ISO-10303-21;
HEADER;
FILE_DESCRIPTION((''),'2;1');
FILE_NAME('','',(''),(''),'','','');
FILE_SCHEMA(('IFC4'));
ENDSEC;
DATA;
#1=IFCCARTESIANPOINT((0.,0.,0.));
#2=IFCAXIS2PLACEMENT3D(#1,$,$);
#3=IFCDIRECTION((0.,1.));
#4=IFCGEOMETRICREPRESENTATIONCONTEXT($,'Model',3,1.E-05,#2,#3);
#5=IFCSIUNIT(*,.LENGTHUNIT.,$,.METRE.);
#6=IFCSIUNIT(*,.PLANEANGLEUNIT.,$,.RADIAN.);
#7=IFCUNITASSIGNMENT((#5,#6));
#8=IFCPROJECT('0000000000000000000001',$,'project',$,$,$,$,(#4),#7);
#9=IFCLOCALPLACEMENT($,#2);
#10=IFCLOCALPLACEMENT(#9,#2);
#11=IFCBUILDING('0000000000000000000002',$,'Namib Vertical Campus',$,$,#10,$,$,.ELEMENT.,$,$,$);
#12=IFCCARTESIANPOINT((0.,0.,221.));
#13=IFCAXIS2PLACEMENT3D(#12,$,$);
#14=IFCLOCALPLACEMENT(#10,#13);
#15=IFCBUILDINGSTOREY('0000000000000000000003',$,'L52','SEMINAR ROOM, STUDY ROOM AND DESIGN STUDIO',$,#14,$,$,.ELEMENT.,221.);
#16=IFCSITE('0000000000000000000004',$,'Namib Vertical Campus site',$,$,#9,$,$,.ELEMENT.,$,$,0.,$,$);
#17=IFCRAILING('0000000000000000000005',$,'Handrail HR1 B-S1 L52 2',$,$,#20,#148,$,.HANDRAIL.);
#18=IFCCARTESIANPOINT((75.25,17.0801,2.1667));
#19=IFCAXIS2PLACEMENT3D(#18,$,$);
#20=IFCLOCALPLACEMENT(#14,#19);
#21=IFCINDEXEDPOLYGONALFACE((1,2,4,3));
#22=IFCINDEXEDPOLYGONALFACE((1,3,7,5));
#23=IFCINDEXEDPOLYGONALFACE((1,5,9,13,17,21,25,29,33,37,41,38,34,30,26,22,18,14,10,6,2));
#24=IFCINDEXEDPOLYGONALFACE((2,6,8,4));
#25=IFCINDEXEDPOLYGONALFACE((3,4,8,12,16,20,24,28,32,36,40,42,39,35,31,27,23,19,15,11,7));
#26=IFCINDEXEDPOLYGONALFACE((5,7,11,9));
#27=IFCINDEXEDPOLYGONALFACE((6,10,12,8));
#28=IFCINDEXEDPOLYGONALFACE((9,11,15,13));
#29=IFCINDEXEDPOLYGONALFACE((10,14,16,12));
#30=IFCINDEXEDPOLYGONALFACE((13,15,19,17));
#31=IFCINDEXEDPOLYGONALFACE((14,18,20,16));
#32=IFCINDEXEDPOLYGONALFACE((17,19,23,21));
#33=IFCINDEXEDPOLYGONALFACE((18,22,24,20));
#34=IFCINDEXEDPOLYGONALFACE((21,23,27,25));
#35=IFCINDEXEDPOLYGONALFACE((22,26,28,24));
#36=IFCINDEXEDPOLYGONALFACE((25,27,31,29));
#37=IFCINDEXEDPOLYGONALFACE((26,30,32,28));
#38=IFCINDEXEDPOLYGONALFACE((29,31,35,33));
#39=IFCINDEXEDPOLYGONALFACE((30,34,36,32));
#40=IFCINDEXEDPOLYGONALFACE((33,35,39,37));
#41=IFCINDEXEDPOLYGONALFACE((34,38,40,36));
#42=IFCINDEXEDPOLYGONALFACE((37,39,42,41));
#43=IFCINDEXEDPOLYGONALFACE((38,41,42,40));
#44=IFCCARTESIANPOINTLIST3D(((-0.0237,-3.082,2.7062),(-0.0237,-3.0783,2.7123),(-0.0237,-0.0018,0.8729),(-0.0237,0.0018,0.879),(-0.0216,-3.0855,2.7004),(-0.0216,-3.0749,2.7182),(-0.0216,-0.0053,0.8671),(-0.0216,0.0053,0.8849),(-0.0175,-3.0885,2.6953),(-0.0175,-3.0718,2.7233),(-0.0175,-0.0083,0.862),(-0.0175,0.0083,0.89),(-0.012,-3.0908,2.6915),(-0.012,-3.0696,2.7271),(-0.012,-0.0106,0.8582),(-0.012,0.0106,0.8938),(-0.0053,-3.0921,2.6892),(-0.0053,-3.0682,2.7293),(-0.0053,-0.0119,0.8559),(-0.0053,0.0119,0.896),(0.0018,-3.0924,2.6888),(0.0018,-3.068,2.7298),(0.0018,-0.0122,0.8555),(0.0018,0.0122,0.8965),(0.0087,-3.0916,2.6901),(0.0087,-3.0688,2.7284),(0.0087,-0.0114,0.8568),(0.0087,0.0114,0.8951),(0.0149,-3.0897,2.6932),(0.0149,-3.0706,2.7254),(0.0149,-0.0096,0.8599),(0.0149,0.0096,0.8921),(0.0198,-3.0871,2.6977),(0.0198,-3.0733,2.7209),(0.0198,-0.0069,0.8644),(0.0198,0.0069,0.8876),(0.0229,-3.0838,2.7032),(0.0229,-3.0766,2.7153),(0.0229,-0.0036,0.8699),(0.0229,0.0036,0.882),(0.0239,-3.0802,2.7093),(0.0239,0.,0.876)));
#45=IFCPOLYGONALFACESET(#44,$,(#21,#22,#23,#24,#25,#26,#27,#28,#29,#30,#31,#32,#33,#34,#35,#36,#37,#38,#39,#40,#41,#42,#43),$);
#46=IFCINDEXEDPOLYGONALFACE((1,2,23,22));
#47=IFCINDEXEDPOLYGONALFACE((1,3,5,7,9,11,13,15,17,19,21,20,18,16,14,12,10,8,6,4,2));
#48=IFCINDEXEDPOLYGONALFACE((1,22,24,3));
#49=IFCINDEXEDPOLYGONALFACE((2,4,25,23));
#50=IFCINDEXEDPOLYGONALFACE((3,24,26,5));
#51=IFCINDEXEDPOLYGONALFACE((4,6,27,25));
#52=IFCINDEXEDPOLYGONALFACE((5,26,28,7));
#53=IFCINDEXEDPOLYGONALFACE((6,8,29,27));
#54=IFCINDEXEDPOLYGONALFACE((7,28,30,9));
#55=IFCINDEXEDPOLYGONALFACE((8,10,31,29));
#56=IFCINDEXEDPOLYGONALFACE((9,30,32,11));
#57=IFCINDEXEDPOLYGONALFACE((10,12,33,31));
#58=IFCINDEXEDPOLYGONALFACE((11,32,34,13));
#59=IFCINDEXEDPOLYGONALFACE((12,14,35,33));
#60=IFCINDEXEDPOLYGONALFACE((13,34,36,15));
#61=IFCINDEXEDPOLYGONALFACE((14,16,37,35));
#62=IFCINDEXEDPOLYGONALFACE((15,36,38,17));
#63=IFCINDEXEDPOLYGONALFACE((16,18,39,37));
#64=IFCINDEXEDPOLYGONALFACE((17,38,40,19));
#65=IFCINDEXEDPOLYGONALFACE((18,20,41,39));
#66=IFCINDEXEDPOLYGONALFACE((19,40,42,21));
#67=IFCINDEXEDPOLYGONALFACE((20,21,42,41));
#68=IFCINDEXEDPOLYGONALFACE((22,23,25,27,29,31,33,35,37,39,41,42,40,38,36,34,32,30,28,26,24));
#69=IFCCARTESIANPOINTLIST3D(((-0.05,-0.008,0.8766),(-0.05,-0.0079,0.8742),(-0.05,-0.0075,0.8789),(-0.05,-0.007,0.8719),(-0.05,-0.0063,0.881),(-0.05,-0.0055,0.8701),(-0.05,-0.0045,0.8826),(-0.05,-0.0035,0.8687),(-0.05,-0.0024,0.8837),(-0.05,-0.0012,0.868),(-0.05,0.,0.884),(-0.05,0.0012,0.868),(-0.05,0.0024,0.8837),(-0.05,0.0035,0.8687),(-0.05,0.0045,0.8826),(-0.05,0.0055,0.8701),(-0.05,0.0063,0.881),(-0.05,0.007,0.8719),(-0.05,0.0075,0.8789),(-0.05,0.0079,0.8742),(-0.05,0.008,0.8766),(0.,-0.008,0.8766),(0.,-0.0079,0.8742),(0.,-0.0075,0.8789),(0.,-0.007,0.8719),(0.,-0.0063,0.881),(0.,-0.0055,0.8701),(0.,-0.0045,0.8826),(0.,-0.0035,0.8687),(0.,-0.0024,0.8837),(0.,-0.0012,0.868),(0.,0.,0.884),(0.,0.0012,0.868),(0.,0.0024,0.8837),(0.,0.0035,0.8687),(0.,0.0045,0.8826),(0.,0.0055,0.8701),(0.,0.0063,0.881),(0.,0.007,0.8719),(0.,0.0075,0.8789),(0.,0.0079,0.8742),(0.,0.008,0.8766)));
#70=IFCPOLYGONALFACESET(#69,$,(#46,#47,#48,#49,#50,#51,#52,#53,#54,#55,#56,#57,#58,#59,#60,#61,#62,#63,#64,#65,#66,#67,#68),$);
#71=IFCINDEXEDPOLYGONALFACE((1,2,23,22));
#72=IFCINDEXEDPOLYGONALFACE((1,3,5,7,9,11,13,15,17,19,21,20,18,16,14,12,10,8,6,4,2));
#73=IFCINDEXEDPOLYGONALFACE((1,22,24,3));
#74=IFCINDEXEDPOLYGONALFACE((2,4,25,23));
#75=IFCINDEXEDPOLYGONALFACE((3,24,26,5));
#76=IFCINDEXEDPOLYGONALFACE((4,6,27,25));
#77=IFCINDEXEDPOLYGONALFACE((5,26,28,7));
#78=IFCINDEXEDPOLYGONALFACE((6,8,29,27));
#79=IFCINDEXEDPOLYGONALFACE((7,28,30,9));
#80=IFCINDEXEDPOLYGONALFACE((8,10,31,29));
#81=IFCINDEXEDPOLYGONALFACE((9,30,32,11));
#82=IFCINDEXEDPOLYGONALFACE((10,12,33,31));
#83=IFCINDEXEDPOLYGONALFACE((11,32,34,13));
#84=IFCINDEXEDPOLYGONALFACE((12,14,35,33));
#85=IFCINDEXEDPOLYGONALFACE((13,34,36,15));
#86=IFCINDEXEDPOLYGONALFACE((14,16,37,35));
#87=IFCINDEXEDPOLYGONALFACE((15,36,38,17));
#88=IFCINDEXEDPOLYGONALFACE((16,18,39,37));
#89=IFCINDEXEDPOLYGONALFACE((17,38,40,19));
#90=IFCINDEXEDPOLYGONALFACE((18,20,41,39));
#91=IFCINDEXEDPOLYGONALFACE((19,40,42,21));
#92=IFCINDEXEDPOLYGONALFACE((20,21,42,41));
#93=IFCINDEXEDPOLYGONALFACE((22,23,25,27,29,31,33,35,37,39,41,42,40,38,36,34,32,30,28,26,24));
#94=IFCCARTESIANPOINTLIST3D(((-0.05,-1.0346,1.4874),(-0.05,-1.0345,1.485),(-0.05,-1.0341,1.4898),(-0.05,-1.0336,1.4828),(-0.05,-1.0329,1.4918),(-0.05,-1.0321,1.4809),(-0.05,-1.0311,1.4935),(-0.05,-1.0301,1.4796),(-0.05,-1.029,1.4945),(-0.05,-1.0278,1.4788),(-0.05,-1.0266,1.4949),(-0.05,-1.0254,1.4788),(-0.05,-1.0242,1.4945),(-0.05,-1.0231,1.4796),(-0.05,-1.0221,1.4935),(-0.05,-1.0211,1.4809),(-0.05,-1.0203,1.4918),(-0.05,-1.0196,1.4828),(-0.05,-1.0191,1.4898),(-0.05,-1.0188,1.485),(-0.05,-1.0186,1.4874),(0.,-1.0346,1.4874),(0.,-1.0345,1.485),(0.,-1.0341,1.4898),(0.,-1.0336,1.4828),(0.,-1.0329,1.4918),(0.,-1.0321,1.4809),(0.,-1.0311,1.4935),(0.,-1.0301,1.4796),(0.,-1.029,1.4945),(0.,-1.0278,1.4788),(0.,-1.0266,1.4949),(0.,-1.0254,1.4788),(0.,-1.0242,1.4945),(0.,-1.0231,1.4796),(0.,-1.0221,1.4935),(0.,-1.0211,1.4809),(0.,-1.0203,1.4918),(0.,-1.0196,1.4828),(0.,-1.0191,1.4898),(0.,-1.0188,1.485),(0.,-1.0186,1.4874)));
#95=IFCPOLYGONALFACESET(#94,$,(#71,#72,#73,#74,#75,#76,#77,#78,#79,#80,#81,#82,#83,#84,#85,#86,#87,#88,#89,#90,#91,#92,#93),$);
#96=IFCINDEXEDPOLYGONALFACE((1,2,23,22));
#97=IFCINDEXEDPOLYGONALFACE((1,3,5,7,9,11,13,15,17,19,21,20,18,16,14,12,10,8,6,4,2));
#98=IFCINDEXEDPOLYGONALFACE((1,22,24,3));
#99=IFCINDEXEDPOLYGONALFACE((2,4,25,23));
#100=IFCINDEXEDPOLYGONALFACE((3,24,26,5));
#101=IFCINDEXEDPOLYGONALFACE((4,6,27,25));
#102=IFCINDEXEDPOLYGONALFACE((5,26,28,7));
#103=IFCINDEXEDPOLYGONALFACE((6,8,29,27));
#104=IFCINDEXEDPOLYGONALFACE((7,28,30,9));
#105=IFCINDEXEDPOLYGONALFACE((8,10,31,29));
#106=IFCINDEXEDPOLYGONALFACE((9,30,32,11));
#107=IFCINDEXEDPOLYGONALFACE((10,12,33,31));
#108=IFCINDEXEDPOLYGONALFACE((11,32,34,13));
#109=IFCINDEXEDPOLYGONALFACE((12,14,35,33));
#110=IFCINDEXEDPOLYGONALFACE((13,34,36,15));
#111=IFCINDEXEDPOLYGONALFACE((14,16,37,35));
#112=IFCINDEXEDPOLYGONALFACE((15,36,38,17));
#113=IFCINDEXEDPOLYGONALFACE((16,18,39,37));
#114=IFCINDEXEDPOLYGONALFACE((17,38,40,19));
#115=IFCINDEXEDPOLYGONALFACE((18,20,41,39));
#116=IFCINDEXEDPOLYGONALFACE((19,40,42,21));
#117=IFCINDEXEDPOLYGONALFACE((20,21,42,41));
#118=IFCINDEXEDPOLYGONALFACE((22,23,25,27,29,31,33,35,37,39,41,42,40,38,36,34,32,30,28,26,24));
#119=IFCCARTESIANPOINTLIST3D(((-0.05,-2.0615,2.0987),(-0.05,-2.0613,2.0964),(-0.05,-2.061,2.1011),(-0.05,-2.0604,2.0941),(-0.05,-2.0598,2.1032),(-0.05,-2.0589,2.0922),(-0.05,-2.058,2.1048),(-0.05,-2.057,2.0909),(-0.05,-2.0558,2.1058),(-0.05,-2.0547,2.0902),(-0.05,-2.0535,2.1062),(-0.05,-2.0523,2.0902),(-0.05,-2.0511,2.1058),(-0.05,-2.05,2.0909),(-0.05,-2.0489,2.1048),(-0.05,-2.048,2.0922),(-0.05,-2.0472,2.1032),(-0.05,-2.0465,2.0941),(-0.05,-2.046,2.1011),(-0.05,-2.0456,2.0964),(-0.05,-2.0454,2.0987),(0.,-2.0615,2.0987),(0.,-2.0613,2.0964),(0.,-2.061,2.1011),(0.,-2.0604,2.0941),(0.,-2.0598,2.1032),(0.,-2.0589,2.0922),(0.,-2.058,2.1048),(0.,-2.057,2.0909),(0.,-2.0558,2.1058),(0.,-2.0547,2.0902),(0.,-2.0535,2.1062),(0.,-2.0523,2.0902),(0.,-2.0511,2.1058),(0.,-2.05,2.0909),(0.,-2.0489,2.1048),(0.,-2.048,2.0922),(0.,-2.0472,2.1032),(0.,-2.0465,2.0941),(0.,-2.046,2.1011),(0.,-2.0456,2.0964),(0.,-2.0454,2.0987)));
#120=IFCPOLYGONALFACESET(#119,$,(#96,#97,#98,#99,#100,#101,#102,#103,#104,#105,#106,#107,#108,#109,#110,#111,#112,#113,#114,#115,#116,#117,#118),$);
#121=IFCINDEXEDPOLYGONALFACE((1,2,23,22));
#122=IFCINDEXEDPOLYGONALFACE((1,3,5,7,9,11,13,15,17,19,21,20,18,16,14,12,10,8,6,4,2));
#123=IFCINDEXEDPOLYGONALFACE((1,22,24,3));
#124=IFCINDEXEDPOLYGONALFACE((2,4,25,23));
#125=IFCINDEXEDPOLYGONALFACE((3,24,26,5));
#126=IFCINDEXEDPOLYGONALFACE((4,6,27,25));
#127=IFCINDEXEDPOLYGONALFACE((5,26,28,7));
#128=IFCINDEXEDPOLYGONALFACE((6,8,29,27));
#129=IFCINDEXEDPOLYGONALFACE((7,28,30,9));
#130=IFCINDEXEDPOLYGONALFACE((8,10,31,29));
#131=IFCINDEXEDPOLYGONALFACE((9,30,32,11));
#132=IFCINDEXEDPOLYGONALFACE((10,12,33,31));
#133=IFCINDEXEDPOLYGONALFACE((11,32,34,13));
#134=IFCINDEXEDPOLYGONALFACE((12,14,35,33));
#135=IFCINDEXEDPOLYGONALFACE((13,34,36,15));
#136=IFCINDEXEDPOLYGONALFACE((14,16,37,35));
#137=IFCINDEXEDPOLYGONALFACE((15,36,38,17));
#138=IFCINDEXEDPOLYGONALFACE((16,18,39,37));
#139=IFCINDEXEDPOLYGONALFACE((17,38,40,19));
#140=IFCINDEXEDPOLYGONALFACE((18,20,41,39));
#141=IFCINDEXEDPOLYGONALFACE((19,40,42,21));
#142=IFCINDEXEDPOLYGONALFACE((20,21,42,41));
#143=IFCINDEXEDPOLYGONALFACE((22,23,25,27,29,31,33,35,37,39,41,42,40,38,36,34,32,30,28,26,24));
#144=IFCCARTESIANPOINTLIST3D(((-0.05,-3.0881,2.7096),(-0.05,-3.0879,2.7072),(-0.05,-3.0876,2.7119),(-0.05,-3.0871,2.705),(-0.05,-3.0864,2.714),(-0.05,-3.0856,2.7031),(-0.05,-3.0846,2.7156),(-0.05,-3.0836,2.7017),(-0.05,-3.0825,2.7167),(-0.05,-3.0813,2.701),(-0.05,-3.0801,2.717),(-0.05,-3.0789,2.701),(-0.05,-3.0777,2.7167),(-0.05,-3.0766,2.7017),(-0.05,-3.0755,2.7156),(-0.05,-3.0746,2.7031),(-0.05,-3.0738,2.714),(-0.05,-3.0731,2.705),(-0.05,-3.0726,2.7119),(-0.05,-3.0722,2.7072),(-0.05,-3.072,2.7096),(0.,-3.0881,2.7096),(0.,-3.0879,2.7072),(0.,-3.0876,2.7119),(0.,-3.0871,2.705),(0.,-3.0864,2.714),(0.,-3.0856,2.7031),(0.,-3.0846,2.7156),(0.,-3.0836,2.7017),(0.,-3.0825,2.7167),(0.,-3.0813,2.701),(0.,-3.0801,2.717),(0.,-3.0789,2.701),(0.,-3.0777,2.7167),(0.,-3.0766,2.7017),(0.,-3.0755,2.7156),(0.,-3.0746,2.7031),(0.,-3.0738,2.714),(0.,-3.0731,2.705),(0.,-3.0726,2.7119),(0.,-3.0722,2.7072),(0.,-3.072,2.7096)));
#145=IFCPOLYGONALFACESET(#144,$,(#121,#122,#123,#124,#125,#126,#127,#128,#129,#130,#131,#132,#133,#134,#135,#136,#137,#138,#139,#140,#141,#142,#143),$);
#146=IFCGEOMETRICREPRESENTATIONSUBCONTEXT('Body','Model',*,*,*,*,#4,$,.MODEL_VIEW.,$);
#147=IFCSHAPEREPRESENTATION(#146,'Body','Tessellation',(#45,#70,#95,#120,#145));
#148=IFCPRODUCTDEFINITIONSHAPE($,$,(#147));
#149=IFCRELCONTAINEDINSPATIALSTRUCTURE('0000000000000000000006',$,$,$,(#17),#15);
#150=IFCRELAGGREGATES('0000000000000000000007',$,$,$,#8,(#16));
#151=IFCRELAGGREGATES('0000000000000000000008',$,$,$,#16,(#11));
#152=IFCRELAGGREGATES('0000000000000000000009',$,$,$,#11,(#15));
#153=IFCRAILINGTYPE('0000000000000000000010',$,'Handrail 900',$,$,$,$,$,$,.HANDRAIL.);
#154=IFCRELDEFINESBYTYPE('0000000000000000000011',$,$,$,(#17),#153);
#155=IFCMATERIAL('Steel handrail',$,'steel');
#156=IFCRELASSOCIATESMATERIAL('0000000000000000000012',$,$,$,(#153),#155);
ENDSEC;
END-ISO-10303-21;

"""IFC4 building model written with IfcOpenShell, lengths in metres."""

from ifc_helpers import new_model, si_unit, direction, frame, origin, origin_2d, place, context, subcontext, project, spatial, circle, extrude, material, type_object, element, save


model = new_model("IFC4")

# Units and contexts
model_context = context("Model", 3, precision=1e-05, world=origin(), true_north=direction((0.0, 1.0)))
body_context = subcontext(model_context, "Body", "Model", "MODEL_VIEW")
ifc_project = project(units=[si_unit("LENGTHUNIT", "METRE"), si_unit("PLANEANGLEUNIT", "RADIAN")], contexts=[model_context])

# Site, building, storey
site_placement = place(None, origin())
site = spatial("IfcSite", under=ifc_project, at=site_placement, Name="Namib Vertical Campus site", CompositionType="ELEMENT", RefElevation=0.0)
building_placement = place(site_placement, origin())
building = spatial("IfcBuilding", under=site, at=building_placement, Name="Namib Vertical Campus", CompositionType="ELEMENT")
storey_placement = place(building_placement, frame((0.0, 0.0, 221.0)))
storey = spatial("IfcBuildingStorey", under=building, at=storey_placement, Name="L52", Description="SEMINAR ROOM, STUDY ROOM AND DESIGN STUDIO", CompositionType="ELEMENT", Elevation=221.0)

# Railing
ifc_material_1 = material(Name="Steel handrail", Category="steel")
railing_type_1 = type_object("IfcRailingType", Name="Handrail 900", PredefinedType="HANDRAIL", material=ifc_material_1)
railing_1_placement = place(storey_placement, frame((75.25, 17.0801, 2.1667)))
element("IfcRailing", 1, at=railing_1_placement, inside=storey, type_object=railing_type_1, Name="Handrail HR1 B-S1 L52 2", PredefinedType="HANDRAIL", context=body_context, shape_type="SweptSolid", body=[
    extrude(circle(Radius=0.0239, at=origin_2d()), frame((0.0, 0.0, 0.876), z_axis=(0.0, -0.859309, 0.511458), x_axis=(1.0, 0.0, 0.0)), (0.0, 0.0, 1.0), 3.5845),
    extrude(circle(Radius=0.0081, at=origin_2d()), frame((0.0, 0.0, 0.876), z_axis=(-1.0, 0.0, 0.0), x_axis=(0.0, 0.0, 1.0)), (0.0, 0.0, 1.0), 0.05),
    extrude(circle(Radius=0.0081, at=origin_2d()), frame((0.0, -1.0266, 1.4868), z_axis=(-1.0, 0.0, 0.0), x_axis=(0.0, 0.0, 1.0)), (0.0, 0.0, 1.0), 0.05),
    extrude(circle(Radius=0.0081, at=origin_2d()), frame((0.0, -2.0535, 2.0981), z_axis=(-1.0, 0.0, 0.0), x_axis=(0.0, 0.0, 1.0)), (0.0, 0.0, 1.0), 0.05),
    extrude(circle(Radius=0.0081, at=origin_2d()), frame((0.0, -3.0801, 2.709), z_axis=(-1.0, 0.0, 0.0), x_axis=(0.0, 0.0, 1.0)), (0.0, 0.0, 1.0), 0.05),
])

save(model, "model.ifc")
